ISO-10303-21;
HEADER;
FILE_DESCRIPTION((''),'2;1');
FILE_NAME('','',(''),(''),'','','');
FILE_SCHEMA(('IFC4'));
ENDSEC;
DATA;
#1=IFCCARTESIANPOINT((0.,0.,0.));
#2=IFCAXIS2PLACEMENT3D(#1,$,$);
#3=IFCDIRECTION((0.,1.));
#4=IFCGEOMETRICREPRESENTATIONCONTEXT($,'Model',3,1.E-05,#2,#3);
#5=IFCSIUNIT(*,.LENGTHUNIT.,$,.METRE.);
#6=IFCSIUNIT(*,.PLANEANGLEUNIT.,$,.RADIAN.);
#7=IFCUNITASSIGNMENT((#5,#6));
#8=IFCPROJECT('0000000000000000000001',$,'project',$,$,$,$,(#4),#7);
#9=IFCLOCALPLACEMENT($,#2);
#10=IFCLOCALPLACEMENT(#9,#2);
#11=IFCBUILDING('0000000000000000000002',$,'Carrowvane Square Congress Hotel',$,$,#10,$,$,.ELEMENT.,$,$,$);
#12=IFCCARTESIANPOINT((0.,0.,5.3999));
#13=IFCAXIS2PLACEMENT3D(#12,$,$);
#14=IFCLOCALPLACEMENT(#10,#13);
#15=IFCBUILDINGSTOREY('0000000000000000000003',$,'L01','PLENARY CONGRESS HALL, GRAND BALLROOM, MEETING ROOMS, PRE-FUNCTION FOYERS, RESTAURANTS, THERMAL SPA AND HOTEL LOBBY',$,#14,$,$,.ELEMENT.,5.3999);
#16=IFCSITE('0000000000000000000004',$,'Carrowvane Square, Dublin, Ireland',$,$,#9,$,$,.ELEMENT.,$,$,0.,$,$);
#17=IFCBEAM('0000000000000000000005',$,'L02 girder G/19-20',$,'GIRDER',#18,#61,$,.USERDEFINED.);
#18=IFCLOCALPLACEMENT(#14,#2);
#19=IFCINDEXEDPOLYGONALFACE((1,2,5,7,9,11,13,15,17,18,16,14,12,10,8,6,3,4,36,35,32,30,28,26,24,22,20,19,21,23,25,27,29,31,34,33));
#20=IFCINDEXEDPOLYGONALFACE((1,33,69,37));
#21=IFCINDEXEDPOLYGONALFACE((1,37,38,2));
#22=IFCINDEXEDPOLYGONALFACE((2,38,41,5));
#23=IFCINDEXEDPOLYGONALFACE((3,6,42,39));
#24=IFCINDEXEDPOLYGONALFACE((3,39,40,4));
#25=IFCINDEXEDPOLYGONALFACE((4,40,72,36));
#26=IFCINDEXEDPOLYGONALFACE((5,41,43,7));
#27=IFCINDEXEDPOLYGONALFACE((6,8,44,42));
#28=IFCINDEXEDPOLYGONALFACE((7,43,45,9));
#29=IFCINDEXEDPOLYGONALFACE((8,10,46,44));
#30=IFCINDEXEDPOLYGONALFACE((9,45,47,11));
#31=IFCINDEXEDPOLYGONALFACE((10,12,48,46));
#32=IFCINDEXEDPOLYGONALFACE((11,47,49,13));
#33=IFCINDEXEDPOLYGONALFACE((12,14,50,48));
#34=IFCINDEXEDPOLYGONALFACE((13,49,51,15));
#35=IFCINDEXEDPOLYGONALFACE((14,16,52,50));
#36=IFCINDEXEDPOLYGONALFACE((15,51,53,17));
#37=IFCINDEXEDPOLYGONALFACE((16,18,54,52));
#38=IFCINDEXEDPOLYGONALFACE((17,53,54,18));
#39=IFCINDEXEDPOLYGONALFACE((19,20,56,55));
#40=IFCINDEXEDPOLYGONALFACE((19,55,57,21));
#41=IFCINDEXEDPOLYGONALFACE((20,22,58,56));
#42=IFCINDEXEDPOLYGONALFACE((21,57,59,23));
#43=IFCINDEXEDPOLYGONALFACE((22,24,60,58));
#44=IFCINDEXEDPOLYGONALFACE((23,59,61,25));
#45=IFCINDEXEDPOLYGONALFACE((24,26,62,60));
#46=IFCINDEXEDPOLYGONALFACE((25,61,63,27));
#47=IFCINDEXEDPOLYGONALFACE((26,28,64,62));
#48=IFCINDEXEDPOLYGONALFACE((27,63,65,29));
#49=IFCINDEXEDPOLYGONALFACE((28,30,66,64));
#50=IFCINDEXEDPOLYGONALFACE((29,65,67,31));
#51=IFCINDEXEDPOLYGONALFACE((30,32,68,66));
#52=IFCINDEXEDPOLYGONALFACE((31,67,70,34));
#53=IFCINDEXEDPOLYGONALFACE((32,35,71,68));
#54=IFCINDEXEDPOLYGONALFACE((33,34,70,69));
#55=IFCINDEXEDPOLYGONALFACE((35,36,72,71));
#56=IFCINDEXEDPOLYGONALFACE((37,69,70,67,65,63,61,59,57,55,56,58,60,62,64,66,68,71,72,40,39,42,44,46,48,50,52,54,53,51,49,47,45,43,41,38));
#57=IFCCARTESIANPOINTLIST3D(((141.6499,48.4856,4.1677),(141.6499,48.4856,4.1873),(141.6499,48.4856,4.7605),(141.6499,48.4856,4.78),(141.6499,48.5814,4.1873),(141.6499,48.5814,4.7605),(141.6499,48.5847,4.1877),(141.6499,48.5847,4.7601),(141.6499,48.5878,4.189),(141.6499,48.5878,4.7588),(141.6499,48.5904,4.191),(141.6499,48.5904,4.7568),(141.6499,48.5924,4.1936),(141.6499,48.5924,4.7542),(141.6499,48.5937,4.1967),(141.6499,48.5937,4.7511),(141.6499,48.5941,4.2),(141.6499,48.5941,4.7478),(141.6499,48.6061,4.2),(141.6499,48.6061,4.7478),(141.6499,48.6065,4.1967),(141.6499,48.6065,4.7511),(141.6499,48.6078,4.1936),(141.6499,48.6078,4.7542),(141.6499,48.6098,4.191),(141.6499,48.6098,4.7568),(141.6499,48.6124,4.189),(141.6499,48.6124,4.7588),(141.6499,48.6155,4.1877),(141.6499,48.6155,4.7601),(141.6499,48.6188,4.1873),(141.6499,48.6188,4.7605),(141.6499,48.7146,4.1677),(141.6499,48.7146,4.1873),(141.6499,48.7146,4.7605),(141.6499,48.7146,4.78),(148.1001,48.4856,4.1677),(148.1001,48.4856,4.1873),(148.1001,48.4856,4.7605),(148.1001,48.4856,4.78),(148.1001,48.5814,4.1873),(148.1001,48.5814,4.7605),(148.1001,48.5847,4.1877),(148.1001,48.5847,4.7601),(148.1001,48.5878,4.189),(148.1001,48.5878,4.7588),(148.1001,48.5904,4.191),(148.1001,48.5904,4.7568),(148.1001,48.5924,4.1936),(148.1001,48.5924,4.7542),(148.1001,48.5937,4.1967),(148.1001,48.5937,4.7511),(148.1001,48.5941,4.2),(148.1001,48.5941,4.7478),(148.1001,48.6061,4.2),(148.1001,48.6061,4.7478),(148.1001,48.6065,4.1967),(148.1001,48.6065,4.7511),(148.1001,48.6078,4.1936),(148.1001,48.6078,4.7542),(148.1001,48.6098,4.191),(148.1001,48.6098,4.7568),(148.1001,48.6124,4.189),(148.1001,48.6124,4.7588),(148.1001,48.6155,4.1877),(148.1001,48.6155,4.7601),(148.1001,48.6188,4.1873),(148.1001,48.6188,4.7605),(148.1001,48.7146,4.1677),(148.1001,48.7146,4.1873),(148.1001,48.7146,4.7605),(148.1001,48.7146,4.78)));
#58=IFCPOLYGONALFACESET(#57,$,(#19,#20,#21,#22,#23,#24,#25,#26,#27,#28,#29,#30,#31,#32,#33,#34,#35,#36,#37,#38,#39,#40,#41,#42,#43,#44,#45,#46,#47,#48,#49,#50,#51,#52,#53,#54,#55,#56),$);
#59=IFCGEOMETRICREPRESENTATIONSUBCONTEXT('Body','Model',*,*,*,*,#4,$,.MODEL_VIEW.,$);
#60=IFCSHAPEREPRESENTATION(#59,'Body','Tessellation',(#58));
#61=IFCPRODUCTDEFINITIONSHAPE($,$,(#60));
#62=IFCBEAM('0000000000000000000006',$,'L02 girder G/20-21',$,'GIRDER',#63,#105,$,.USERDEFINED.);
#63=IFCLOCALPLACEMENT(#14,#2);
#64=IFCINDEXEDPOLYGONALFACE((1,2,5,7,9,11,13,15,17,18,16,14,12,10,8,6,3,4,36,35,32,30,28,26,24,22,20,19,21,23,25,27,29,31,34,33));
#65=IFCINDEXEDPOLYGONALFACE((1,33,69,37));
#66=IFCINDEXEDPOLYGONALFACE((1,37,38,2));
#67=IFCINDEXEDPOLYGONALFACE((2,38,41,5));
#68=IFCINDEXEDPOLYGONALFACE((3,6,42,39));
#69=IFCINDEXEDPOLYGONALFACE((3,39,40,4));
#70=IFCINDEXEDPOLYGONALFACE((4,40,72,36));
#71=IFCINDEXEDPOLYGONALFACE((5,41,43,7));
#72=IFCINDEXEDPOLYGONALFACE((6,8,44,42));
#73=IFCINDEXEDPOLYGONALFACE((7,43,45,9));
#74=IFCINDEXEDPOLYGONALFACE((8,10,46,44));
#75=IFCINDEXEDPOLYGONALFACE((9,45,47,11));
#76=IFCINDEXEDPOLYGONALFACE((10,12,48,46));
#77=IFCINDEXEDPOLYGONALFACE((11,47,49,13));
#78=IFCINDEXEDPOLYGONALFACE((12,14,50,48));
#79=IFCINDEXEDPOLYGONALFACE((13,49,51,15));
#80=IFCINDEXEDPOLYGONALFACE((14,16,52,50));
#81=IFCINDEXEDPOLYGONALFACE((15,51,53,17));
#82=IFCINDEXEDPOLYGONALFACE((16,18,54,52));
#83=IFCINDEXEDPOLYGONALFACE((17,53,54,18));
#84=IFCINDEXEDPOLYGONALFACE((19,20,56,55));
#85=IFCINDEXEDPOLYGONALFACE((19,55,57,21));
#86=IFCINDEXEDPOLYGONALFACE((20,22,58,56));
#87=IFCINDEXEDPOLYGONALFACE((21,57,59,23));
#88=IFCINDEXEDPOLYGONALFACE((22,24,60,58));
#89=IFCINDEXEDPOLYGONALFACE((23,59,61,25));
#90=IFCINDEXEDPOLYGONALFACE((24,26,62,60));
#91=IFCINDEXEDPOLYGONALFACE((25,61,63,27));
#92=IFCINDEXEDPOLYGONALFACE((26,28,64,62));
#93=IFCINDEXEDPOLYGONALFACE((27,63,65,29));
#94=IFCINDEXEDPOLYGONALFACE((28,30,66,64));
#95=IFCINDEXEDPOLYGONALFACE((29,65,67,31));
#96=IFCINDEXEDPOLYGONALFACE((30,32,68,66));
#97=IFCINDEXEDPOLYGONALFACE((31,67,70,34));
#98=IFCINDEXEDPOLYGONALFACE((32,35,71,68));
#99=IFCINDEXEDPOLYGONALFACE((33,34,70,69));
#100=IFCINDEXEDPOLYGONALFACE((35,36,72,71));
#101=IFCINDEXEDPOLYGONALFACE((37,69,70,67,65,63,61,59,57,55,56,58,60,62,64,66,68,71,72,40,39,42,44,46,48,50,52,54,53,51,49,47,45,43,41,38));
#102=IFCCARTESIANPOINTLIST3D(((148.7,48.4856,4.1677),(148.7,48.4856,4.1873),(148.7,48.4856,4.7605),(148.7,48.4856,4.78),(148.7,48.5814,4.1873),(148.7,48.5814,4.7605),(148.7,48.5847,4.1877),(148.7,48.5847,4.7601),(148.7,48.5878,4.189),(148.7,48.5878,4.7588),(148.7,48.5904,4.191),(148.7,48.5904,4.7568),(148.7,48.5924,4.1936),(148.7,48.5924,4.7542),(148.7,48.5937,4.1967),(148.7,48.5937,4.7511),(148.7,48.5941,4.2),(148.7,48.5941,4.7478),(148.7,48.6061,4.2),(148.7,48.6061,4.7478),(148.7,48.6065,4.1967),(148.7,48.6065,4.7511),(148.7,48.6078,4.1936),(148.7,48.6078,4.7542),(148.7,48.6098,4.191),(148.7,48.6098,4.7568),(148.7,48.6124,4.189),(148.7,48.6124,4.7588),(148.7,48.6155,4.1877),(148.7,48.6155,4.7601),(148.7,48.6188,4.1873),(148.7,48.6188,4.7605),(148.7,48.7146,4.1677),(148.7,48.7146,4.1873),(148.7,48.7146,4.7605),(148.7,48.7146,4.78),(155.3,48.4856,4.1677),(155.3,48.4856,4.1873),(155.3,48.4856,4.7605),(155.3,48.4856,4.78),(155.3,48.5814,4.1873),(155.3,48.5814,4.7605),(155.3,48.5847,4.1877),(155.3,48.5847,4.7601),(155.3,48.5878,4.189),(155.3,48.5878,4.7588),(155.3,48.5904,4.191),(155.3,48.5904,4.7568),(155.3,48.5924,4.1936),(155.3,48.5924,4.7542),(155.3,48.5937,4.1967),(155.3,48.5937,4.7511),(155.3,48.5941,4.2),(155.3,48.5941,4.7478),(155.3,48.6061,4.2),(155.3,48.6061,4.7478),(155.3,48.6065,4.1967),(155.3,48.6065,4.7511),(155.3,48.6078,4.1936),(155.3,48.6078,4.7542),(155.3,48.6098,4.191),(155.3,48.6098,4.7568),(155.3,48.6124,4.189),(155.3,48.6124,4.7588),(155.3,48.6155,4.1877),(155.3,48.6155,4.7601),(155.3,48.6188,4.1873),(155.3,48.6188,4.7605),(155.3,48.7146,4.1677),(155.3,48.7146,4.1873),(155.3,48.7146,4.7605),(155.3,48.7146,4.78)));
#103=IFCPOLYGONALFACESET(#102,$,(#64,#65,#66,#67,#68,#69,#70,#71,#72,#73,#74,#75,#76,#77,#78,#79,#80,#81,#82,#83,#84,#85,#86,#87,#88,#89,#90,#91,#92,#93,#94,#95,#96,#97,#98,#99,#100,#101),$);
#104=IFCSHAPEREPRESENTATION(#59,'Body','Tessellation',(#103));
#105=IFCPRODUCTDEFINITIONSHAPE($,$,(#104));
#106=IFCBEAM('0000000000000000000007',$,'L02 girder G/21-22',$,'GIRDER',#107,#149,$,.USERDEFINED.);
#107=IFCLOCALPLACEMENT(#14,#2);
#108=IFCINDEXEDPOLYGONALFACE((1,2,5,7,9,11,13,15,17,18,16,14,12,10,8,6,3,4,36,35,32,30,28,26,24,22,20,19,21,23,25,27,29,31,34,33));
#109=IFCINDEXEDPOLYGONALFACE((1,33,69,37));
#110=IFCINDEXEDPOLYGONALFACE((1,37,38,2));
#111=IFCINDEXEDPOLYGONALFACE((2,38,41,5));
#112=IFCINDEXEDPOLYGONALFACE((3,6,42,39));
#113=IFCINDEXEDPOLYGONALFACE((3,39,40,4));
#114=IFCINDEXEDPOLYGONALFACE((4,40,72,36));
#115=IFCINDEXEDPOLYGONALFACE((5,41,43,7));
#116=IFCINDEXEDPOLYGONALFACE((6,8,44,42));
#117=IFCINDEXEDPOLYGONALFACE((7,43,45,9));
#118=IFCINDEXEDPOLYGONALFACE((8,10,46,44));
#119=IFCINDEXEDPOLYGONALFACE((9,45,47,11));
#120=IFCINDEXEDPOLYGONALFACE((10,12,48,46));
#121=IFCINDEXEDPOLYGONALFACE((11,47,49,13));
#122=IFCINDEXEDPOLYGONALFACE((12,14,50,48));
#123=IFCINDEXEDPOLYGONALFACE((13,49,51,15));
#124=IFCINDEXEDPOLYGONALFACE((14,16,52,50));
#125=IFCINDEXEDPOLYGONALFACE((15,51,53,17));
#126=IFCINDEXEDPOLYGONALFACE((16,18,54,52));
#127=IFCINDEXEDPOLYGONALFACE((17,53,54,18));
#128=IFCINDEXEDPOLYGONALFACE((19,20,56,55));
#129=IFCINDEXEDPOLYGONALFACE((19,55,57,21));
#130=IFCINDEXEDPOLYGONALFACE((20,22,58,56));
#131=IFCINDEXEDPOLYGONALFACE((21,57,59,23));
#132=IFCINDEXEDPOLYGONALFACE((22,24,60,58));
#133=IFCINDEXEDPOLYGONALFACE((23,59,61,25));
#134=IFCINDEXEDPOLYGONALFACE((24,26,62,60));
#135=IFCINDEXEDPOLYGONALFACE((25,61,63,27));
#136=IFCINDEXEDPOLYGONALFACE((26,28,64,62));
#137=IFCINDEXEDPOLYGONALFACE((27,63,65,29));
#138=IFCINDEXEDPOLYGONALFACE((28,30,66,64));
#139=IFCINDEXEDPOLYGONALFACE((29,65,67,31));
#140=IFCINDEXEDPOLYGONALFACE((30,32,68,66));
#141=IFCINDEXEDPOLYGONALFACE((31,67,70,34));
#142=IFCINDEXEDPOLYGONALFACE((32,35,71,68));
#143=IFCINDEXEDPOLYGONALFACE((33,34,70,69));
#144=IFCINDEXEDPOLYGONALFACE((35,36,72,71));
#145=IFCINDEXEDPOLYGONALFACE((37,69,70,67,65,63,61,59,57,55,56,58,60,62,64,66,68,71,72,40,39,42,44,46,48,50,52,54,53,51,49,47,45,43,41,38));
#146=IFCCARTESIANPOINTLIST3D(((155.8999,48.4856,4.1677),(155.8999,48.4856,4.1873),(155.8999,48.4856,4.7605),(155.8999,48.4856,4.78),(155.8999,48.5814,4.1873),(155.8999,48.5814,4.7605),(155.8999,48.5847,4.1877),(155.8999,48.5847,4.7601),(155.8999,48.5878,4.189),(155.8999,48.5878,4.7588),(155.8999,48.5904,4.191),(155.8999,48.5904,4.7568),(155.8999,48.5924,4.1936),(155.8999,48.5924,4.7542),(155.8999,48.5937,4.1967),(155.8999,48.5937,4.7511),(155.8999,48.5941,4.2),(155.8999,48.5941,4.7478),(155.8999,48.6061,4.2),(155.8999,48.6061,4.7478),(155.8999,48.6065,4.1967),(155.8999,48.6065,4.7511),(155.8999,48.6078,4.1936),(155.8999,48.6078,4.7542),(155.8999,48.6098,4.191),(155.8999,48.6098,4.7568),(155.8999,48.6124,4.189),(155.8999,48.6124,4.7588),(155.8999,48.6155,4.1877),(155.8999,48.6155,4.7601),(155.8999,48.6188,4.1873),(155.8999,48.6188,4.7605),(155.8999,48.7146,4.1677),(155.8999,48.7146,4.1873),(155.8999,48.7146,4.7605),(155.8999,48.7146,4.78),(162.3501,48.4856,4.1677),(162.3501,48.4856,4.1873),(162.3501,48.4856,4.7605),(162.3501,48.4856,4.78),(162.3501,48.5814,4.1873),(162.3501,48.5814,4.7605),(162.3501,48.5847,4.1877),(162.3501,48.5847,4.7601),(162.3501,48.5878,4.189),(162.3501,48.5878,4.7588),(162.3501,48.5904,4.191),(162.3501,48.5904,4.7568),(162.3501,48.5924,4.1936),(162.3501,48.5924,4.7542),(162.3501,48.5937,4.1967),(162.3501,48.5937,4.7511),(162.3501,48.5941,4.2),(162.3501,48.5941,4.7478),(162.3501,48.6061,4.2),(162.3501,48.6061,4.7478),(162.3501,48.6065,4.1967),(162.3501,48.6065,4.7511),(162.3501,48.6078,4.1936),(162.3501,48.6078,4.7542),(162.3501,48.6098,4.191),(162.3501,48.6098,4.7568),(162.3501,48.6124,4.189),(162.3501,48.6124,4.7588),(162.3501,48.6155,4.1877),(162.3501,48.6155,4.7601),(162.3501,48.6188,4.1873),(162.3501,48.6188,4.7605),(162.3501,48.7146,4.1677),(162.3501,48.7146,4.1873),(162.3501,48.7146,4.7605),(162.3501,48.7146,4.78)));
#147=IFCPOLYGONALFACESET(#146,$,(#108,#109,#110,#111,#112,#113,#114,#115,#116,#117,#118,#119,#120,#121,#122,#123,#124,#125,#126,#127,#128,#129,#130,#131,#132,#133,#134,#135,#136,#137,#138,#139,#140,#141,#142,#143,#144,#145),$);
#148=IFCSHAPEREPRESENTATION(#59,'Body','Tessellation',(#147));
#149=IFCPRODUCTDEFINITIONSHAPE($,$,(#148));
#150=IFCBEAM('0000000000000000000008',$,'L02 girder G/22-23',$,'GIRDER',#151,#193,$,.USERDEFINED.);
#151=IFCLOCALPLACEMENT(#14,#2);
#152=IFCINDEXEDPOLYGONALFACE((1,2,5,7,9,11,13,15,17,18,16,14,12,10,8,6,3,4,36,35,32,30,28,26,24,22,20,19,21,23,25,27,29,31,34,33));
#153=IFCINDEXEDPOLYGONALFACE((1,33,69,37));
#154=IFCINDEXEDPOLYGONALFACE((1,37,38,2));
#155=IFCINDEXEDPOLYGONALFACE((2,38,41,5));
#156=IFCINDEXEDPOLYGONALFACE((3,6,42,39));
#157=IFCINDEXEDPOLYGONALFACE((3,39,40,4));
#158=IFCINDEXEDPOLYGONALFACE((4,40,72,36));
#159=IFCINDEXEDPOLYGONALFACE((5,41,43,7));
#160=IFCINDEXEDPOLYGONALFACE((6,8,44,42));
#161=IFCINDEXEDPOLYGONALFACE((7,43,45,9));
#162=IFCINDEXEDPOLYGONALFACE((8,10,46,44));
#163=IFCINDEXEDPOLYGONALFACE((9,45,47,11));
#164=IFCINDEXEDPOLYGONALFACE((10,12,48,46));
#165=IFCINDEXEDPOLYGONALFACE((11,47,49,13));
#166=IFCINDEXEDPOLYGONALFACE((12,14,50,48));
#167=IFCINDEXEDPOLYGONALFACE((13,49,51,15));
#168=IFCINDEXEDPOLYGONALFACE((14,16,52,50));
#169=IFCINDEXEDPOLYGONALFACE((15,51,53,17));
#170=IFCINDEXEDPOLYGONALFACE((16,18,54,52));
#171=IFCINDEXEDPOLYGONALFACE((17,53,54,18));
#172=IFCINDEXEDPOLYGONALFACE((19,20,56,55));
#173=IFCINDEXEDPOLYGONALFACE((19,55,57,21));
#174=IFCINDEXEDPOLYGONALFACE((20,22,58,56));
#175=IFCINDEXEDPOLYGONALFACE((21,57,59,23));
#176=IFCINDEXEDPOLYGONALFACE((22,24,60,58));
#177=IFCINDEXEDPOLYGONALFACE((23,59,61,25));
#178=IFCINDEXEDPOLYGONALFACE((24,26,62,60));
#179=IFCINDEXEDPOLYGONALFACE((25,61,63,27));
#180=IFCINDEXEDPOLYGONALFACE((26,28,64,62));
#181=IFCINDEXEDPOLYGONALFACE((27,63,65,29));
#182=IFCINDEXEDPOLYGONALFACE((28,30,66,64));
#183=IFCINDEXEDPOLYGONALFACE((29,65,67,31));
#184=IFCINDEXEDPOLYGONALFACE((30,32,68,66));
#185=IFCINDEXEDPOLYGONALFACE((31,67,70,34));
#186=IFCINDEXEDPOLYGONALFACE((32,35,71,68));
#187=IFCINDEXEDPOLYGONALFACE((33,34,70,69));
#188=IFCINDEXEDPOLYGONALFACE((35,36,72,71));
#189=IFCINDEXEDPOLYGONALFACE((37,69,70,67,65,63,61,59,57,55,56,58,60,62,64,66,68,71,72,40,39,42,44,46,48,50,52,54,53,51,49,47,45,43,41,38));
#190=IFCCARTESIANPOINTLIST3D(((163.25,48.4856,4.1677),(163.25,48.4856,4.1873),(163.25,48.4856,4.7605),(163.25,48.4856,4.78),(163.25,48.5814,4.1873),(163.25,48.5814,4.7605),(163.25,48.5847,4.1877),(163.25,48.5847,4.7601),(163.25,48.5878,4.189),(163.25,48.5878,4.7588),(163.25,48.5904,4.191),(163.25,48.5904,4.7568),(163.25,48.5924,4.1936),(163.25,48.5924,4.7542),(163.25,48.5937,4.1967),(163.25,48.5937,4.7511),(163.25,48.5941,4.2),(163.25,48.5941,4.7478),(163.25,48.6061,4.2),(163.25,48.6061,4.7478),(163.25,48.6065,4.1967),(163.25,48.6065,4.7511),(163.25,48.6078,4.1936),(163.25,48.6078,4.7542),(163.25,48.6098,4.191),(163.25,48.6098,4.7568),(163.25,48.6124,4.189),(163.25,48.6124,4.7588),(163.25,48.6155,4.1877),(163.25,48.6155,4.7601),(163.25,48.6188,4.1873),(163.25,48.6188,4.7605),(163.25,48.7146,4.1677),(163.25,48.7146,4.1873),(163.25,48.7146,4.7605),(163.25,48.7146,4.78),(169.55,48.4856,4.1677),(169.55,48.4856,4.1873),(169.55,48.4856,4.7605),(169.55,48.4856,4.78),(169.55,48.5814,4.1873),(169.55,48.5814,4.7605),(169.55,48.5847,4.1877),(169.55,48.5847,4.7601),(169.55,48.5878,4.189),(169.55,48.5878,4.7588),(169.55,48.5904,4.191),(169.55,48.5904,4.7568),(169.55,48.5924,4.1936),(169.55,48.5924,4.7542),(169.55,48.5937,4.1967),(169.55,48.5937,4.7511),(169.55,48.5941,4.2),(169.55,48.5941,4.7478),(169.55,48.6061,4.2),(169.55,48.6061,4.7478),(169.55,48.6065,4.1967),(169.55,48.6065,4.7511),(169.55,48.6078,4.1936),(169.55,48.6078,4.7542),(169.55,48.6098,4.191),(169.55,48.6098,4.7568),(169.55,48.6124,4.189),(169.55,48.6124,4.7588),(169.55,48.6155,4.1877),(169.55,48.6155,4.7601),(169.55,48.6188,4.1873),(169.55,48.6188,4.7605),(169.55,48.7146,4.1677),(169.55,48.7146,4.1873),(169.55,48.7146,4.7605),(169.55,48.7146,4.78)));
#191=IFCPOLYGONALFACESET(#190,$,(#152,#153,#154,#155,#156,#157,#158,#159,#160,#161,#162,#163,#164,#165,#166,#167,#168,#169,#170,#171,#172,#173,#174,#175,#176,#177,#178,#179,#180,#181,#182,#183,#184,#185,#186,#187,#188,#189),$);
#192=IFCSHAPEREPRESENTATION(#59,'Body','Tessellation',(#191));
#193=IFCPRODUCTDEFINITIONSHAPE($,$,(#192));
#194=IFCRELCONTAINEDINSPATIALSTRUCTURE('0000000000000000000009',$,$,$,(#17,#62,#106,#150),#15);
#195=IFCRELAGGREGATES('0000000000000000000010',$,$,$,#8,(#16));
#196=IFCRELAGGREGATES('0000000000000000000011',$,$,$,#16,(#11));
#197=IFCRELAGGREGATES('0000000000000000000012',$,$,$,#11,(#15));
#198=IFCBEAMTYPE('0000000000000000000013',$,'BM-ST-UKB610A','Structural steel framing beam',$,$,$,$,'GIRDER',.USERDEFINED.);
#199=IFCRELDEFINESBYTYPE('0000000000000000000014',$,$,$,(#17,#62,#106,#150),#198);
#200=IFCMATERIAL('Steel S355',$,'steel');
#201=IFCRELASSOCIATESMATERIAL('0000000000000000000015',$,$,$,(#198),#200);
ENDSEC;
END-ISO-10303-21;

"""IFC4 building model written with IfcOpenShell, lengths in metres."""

from ifc_helpers import new_model, si_unit, direction, frame, origin, origin_2d, place, context, subcontext, project, spatial, i_section, extrude, material, material_profile, profile_set, type_object, element, save


model = new_model("IFC4")

# Units and contexts
model_context = context("Model", 3, precision=1e-05, world=origin(), true_north=direction((0.0, 1.0)))
body_context = subcontext(model_context, "Body", "Model", "MODEL_VIEW")
ifc_project = project(units=[si_unit("LENGTHUNIT", "METRE"), si_unit("PLANEANGLEUNIT", "RADIAN")], contexts=[model_context])

# Site, building, storey
site_placement = place(None, origin())
site = spatial("IfcSite", under=ifc_project, at=site_placement, Name="Carrowvane Square, Dublin, Ireland", CompositionType="ELEMENT", RefElevation=0.0)
building_placement = place(site_placement, origin())
building = spatial("IfcBuilding", under=site, at=building_placement, Name="Carrowvane Square Congress Hotel", CompositionType="ELEMENT")
storey_placement = place(building_placement, frame((0.0, 0.0, 5.3999)))
storey = spatial("IfcBuildingStorey", under=building, at=storey_placement, Name="L01", Description="PLENARY CONGRESS HALL, GRAND BALLROOM, MEETING ROOMS, PRE-FUNCTION FOYERS, RESTAURANTS, THERMAL SPA AND HOTEL LOBBY", CompositionType="ELEMENT", Elevation=5.3999)

# Beams
ifc_material_1 = material(Name="Steel S355", Category="steel")
ifc_material_profile_1 = material_profile(ifc_material_1, i_section(OverallWidth=0.229, OverallDepth=0.6123, WebThickness=0.012, FlangeThickness=0.0195, FilletRadius=0.0127, at=origin_2d()), Name="UKB 610x229x125")
ifc_profile_set_1 = profile_set([ifc_material_profile_1], Name="Steel S355")
beam_type_1 = type_object("IfcBeamType", Name="BM-ST-UKB610A", Description="Structural steel framing beam", ElementType="GIRDER", PredefinedType="USERDEFINED", material=ifc_profile_set_1)
beam_1_placement = place(storey_placement, frame((141.6499, 48.6001, 4.4739), z_axis=(1.0, 0.0, 0.0), x_axis=(0.0, 1.0, 0.0)))
element("IfcBeam", 1, at=beam_1_placement, inside=storey, type_object=beam_type_1, Name="L02 girder G/19-20", ObjectType="GIRDER", PredefinedType="USERDEFINED", context=body_context, shape_type="SweptSolid", body=[
    extrude(i_section(OverallWidth=0.229, OverallDepth=0.6123, WebThickness=0.012, FlangeThickness=0.0195, FilletRadius=0.0127, at=origin_2d()), origin(), (0.0, 0.0, 1.0), 6.4502),
])
beam_2_placement = place(storey_placement, frame((148.7, 48.6001, 4.4739), z_axis=(1.0, 0.0, 0.0), x_axis=(0.0, 1.0, 0.0)))
element("IfcBeam", 2, at=beam_2_placement, inside=storey, type_object=beam_type_1, Name="L02 girder G/20-21", ObjectType="GIRDER", PredefinedType="USERDEFINED", context=body_context, shape_type="SweptSolid", body=[
    extrude(i_section(OverallWidth=0.229, OverallDepth=0.6123, WebThickness=0.012, FlangeThickness=0.0195, FilletRadius=0.0127, at=origin_2d()), origin(), (0.0, 0.0, 1.0), 6.6001),
])
beam_3_placement = place(storey_placement, frame((155.8999, 48.6001, 4.4739), z_axis=(1.0, 0.0, 0.0), x_axis=(0.0, 1.0, 0.0)))
element("IfcBeam", 3, at=beam_3_placement, inside=storey, type_object=beam_type_1, Name="L02 girder G/21-22", ObjectType="GIRDER", PredefinedType="USERDEFINED", context=body_context, shape_type="SweptSolid", body=[
    extrude(i_section(OverallWidth=0.229, OverallDepth=0.6123, WebThickness=0.012, FlangeThickness=0.0195, FilletRadius=0.0127, at=origin_2d()), origin(), (0.0, 0.0, 1.0), 6.4502),
])
beam_4_placement = place(storey_placement, frame((163.25, 48.6001, 4.4739), z_axis=(1.0, 0.0, 0.0), x_axis=(0.0, 1.0, 0.0)))
element("IfcBeam", 4, at=beam_4_placement, inside=storey, type_object=beam_type_1, Name="L02 girder G/22-23", ObjectType="GIRDER", PredefinedType="USERDEFINED", context=body_context, shape_type="SweptSolid", body=[
    extrude(i_section(OverallWidth=0.229, OverallDepth=0.6123, WebThickness=0.012, FlangeThickness=0.0195, FilletRadius=0.0127, at=origin_2d()), origin(), (0.0, 0.0, 1.0), 6.3),
])

save(model, "model.ifc")
